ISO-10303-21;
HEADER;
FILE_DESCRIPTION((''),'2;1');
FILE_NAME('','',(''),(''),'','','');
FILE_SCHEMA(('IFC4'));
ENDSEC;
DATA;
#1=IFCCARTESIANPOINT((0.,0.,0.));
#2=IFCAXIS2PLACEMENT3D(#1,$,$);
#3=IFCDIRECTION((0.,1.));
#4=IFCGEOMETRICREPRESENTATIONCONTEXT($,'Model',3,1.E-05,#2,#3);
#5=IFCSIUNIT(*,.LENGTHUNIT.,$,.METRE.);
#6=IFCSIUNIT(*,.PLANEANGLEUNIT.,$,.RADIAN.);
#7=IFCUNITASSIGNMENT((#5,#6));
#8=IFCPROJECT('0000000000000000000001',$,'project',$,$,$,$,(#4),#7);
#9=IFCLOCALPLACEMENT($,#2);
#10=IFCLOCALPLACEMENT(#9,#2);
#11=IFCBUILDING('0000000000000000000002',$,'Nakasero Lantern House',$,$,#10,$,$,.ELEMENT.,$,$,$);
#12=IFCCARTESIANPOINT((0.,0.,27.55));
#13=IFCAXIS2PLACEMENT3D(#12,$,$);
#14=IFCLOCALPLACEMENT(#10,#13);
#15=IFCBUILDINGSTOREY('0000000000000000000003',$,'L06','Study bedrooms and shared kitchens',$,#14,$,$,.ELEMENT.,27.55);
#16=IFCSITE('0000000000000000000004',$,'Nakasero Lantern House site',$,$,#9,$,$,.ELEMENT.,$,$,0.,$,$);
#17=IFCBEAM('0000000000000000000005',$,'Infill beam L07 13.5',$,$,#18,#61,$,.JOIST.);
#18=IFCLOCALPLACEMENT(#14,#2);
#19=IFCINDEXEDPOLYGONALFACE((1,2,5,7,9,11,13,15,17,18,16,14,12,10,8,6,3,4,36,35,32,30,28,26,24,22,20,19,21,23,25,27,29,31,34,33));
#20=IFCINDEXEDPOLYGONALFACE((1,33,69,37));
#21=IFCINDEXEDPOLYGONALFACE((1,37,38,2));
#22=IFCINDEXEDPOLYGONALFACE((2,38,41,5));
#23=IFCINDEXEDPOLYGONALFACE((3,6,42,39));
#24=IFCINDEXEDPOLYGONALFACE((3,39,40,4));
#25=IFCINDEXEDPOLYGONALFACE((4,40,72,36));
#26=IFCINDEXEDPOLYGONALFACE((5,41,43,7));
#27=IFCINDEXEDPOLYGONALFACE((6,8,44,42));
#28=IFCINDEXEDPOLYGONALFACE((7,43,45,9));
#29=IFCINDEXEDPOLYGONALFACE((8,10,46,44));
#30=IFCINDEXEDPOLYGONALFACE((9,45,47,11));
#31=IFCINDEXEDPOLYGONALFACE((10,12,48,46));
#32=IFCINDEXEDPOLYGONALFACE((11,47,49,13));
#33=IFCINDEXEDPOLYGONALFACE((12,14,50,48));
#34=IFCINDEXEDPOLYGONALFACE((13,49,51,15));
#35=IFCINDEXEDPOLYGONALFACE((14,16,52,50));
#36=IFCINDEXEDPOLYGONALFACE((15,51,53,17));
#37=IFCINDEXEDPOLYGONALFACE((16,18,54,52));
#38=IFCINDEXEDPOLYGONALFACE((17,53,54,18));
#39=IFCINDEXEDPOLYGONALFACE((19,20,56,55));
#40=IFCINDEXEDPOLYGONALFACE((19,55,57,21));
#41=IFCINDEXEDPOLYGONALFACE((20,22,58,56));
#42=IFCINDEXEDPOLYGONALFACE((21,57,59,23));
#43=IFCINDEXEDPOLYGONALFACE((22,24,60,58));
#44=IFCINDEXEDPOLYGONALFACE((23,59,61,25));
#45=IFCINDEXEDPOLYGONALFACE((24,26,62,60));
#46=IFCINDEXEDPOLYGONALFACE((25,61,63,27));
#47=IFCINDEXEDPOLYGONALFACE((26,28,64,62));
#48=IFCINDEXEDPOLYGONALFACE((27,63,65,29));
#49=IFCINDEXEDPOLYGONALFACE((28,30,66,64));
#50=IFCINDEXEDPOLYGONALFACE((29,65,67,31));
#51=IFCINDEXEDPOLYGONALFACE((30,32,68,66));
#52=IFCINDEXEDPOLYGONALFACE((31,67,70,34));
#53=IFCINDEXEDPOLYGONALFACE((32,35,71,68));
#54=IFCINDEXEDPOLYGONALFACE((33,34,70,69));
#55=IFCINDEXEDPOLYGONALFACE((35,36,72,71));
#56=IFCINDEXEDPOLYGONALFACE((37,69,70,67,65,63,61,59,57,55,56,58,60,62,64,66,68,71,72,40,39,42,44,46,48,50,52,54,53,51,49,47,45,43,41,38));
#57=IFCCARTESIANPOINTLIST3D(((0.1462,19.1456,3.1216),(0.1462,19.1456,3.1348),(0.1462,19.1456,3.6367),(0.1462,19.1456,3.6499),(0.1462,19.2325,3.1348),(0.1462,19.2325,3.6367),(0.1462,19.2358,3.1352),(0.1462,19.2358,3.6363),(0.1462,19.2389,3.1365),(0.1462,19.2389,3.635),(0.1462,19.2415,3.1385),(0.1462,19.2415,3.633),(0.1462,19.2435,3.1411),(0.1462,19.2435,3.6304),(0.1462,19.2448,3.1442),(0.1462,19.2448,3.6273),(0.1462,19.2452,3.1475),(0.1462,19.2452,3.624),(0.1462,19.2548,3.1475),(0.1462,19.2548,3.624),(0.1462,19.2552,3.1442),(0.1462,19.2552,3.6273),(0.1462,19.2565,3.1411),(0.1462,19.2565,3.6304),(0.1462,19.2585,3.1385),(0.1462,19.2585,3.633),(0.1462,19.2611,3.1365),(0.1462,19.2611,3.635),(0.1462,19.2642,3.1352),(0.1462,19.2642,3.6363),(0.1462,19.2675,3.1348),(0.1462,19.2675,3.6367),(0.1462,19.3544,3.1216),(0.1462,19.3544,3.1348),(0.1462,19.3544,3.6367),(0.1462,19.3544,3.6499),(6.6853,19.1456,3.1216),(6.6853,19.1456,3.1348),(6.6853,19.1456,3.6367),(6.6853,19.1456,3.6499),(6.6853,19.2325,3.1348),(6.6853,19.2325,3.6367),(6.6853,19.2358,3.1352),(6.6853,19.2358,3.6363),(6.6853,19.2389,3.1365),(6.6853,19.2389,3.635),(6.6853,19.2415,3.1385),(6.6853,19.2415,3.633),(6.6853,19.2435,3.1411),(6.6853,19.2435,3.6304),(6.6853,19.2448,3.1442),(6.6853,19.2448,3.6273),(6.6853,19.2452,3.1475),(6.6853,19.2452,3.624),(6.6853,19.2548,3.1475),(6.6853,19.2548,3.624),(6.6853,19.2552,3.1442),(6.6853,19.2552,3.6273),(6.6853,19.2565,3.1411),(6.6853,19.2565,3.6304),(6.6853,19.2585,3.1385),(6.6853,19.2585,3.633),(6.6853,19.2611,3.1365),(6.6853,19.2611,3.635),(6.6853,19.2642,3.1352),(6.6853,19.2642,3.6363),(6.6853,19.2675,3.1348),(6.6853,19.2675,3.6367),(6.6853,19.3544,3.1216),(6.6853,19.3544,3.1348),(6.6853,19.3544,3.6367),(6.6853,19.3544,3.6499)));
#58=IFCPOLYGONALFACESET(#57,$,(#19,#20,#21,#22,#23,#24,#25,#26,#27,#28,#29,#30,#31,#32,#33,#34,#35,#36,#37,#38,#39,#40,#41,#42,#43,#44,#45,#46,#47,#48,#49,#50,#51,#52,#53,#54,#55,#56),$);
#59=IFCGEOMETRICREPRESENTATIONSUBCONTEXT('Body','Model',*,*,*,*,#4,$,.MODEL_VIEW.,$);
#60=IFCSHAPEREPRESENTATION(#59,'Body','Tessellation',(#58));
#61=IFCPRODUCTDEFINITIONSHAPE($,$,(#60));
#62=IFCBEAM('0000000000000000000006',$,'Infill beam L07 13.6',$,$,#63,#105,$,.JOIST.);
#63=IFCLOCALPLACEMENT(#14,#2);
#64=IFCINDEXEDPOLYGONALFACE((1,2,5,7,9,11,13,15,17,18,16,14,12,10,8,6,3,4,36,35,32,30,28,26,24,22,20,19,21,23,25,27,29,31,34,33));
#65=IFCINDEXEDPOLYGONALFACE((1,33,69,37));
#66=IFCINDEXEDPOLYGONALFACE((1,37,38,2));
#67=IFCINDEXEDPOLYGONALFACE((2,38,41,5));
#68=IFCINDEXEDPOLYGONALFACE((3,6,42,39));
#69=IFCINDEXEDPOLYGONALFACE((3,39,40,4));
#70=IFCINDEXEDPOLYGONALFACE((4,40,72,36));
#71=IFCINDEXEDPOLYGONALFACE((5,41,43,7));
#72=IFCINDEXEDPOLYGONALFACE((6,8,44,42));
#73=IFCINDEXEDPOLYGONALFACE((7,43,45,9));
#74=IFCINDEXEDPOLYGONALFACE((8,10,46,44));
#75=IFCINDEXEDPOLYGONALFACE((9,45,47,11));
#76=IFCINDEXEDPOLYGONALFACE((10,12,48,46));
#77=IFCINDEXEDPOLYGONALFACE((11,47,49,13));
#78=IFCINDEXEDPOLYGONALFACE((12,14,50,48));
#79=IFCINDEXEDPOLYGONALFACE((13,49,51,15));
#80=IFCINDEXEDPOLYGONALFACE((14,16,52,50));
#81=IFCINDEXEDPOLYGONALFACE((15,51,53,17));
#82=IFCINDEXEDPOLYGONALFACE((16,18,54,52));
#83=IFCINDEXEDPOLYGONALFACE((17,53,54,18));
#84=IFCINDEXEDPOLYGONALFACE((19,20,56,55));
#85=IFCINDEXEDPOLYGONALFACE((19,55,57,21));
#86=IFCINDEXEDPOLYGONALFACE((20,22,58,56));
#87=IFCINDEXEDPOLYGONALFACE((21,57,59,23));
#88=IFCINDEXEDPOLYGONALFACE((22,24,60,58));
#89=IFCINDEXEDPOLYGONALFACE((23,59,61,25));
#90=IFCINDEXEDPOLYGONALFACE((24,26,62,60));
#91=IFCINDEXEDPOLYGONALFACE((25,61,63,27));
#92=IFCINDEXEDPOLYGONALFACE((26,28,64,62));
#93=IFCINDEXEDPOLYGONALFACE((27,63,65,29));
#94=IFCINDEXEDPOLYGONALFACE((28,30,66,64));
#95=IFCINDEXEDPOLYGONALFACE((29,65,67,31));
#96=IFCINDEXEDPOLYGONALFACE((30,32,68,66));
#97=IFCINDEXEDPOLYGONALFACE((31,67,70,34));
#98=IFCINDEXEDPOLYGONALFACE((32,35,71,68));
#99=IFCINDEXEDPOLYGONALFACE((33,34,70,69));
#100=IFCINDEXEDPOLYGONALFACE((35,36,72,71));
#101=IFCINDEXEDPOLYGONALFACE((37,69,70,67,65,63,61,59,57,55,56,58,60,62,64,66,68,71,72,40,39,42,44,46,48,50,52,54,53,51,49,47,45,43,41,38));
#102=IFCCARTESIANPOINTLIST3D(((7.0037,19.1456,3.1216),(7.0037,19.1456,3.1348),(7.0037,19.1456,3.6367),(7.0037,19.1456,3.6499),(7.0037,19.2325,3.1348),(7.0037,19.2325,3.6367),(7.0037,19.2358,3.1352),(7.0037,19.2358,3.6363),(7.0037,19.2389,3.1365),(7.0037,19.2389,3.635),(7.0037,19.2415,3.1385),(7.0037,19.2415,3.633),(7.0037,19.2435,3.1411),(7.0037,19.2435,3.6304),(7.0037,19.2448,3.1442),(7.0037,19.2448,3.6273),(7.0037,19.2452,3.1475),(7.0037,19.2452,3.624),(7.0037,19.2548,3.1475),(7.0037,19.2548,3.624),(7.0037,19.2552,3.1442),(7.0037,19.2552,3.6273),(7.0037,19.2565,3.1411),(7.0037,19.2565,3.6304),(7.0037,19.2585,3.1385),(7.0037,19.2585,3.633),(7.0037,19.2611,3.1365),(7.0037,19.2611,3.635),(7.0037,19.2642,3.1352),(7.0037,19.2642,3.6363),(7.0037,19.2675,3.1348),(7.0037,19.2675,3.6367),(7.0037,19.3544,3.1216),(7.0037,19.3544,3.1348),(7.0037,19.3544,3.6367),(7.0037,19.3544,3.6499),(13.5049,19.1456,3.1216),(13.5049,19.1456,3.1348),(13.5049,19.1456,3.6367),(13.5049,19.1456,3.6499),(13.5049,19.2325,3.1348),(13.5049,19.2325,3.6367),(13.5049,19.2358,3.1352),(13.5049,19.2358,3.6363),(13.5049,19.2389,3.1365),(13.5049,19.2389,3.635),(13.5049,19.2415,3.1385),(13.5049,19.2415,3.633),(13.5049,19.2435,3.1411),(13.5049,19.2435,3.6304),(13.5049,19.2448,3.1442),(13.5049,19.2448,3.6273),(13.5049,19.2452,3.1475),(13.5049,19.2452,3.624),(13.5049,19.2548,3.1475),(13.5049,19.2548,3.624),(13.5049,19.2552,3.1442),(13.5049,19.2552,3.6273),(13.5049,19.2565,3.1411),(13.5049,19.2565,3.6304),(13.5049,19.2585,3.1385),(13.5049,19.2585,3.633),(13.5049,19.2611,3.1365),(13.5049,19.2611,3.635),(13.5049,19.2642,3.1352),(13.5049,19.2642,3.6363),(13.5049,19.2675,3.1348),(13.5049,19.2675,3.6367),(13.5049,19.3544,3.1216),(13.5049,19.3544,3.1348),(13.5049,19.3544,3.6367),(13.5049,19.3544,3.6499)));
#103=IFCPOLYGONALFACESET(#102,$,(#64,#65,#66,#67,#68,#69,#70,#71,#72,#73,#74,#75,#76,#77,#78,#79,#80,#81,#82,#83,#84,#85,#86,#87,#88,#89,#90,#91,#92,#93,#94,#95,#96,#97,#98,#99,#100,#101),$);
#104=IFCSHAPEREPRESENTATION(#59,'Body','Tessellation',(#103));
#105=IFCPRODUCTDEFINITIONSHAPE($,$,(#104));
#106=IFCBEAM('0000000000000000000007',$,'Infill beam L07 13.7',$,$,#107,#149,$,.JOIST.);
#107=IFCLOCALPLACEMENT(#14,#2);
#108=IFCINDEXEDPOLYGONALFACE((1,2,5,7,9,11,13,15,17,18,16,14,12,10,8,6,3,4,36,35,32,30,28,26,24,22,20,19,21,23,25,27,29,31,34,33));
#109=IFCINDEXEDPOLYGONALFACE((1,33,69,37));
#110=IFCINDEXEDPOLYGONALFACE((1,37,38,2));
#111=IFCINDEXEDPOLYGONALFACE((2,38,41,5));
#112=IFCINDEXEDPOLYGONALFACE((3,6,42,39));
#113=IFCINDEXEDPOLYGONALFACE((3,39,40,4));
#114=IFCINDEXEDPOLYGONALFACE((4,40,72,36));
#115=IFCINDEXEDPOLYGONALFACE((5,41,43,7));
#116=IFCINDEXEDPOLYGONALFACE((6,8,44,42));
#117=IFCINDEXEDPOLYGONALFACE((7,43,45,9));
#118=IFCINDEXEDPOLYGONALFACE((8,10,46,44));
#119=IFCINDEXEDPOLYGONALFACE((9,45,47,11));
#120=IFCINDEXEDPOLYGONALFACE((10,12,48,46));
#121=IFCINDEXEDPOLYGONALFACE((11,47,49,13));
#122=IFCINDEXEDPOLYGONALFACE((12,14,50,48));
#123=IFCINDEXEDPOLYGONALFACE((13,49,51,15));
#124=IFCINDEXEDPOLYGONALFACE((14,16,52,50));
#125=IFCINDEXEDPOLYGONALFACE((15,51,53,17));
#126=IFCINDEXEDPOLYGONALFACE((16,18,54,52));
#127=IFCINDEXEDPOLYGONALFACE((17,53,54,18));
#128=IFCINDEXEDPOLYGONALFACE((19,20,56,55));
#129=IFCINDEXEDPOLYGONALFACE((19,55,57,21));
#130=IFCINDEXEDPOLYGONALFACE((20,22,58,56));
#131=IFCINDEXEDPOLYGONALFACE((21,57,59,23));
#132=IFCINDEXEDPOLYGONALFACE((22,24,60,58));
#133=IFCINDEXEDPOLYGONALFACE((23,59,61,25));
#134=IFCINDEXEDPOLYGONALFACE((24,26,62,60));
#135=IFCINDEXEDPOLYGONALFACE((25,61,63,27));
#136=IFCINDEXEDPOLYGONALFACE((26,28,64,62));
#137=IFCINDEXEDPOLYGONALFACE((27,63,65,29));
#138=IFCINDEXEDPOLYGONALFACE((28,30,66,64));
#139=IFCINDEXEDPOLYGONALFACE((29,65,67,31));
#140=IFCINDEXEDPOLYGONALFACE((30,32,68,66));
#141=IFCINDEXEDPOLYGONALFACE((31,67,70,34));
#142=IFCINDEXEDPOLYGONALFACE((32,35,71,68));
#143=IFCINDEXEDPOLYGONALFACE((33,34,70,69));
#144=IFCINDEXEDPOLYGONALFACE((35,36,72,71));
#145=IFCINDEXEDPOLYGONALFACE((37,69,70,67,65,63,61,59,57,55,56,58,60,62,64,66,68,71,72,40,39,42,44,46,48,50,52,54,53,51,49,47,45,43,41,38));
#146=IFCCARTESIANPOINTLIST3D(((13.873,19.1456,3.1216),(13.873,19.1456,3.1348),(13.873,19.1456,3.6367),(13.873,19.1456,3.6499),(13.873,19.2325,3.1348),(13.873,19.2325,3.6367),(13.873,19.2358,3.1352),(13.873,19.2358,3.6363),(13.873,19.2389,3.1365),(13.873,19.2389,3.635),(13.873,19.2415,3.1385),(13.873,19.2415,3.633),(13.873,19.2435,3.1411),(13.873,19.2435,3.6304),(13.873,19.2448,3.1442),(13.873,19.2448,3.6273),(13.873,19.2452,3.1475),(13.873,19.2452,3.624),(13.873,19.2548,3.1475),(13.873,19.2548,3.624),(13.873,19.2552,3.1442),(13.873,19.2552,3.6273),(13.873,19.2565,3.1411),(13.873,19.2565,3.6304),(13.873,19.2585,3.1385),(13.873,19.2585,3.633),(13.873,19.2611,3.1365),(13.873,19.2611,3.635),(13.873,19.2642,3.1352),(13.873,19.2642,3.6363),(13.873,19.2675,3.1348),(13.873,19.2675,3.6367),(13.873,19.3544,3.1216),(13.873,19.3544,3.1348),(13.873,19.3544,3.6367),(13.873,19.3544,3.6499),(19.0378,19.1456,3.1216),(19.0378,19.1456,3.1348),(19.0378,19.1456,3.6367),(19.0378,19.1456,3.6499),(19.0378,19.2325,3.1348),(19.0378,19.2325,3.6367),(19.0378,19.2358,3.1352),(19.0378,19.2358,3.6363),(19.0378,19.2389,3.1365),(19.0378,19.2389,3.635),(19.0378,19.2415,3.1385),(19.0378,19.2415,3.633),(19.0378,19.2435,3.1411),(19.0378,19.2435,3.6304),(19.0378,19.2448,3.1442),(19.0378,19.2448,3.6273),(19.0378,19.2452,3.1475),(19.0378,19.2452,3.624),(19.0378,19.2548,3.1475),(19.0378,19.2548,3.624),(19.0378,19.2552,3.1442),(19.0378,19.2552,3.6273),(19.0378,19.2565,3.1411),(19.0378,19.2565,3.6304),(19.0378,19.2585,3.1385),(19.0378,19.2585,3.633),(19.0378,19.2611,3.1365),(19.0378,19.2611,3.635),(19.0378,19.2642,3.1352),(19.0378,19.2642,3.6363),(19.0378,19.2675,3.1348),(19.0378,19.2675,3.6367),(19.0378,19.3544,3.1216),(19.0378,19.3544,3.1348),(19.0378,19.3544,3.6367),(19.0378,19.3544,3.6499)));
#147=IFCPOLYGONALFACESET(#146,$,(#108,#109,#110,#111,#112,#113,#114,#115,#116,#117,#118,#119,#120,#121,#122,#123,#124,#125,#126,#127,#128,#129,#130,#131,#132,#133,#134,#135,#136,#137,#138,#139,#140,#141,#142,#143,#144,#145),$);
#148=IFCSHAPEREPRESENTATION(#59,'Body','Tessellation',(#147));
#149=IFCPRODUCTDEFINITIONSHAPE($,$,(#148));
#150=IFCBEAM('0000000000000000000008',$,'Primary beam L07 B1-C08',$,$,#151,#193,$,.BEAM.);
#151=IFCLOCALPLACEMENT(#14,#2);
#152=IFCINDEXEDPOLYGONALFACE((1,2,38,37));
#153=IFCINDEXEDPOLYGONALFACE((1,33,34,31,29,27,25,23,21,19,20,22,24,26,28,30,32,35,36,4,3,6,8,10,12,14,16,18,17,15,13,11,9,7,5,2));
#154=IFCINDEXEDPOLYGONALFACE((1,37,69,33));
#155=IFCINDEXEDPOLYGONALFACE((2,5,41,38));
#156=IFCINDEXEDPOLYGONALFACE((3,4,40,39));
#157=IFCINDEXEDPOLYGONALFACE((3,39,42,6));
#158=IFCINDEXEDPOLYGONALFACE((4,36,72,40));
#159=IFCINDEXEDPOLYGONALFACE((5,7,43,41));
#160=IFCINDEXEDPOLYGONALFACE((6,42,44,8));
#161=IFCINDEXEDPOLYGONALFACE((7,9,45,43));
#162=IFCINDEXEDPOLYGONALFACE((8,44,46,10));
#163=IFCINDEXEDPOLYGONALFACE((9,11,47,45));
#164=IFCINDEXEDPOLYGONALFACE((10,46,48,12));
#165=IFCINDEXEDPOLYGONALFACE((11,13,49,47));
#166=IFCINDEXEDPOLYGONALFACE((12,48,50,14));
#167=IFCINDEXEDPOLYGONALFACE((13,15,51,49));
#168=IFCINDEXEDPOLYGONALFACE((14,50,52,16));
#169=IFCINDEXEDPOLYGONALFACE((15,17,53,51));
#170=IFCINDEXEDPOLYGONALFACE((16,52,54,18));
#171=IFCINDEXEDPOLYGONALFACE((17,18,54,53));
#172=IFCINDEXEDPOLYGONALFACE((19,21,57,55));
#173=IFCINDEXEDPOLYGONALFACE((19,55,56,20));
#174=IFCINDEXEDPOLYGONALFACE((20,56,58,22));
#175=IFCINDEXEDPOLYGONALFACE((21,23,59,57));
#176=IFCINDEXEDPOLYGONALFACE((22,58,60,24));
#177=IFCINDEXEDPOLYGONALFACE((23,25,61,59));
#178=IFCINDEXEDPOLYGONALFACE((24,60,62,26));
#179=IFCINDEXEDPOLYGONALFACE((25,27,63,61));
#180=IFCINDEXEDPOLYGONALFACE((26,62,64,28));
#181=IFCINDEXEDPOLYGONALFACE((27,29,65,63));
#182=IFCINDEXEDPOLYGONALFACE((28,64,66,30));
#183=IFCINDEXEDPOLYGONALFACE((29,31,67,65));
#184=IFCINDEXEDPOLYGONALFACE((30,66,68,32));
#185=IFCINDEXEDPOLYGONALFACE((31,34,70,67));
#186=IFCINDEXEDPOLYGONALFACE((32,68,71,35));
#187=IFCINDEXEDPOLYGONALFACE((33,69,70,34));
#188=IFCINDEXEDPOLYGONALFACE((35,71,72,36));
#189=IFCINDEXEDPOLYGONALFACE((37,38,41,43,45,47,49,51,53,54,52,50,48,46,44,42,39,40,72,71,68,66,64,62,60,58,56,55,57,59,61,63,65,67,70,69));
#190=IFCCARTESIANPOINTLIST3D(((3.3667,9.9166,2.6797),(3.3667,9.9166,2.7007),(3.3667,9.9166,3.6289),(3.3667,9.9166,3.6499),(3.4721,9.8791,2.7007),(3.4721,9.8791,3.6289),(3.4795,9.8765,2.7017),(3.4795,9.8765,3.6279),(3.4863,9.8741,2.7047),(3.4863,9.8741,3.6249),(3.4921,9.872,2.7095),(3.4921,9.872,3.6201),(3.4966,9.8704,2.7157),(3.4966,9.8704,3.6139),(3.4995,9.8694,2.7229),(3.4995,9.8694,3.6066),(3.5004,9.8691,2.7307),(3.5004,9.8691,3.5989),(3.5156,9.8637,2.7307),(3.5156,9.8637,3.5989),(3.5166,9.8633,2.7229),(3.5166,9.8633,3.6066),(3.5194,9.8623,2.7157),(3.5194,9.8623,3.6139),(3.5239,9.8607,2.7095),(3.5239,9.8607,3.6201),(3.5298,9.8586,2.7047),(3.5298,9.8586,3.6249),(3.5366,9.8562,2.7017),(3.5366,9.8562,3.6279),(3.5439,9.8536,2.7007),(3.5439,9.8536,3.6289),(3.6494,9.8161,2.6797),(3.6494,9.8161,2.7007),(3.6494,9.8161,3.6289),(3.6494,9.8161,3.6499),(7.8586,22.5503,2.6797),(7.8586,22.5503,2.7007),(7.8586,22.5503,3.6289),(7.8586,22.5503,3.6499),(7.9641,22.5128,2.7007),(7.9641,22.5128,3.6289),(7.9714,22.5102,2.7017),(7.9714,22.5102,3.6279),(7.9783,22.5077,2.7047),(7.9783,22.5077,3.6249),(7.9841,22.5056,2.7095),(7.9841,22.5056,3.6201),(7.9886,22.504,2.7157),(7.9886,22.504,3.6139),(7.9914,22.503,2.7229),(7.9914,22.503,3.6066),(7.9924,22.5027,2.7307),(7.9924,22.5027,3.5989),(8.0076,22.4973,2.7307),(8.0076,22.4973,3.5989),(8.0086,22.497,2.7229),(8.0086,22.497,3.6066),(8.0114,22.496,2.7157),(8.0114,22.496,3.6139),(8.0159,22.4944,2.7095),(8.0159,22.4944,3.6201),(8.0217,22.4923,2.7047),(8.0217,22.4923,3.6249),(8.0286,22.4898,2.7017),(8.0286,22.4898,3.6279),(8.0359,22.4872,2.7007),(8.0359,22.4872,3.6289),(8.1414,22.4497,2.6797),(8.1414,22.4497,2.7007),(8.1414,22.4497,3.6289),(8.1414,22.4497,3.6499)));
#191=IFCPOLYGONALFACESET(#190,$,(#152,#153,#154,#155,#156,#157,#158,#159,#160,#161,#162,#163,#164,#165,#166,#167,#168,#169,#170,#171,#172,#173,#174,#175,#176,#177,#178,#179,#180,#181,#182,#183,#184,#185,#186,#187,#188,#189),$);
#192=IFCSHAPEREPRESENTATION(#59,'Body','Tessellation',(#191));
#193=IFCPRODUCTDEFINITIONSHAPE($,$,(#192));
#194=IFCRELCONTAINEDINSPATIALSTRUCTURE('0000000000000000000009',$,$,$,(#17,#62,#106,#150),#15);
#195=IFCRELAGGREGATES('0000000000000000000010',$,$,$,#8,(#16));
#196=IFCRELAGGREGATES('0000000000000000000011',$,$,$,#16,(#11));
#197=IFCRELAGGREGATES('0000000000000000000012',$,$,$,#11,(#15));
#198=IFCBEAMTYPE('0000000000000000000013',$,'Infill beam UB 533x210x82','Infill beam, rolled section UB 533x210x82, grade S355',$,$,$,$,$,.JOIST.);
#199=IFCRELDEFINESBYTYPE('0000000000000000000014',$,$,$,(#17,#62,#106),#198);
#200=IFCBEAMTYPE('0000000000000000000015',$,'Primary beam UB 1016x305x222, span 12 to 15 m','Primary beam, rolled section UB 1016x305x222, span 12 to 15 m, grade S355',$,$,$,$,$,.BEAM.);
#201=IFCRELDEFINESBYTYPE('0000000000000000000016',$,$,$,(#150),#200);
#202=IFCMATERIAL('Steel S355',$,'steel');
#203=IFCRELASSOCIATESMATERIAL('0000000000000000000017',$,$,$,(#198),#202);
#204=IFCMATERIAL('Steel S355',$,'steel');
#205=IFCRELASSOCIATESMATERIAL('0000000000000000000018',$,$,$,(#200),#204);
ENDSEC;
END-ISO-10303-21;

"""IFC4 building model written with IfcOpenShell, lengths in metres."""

from ifc_helpers import new_model, si_unit, direction, frame, origin, origin_2d, place, context, subcontext, project, spatial, i_section, extrude, material, material_profile, profile_set, type_object, element, save


model = new_model("IFC4")

# Units and contexts
model_context = context("Model", 3, precision=1e-05, world=origin(), true_north=direction((0.0, 1.0)))
body_context = subcontext(model_context, "Body", "Model", "MODEL_VIEW")
ifc_project = project(units=[si_unit("LENGTHUNIT", "METRE"), si_unit("PLANEANGLEUNIT", "RADIAN")], contexts=[model_context])

# Site, building, storey
site_placement = place(None, origin())
site = spatial("IfcSite", under=ifc_project, at=site_placement, Name="Nakasero Lantern House site", CompositionType="ELEMENT", RefElevation=0.0)
building_placement = place(site_placement, origin())
building = spatial("IfcBuilding", under=site, at=building_placement, Name="Nakasero Lantern House", CompositionType="ELEMENT")
storey_placement = place(building_placement, frame((0.0, 0.0, 27.55)))
storey = spatial("IfcBuildingStorey", under=building, at=storey_placement, Name="L06", Description="Study bedrooms and shared kitchens", CompositionType="ELEMENT", Elevation=27.55)

# Beams
ifc_material_1 = material(Name="Steel S355", Category="steel")
ifc_material_profile_1 = material_profile(ifc_material_1, i_section(OverallWidth=0.2087, OverallDepth=0.5283, WebThickness=0.0095, FlangeThickness=0.0132, FilletRadius=0.0127, at=origin_2d()), Name="UB 533x210x82")
ifc_profile_set_1 = profile_set([ifc_material_profile_1], Name="Steel S355")
beam_type_1 = type_object("IfcBeamType", Name="Infill beam UB 533x210x82", Description="Infill beam, rolled section UB 533x210x82, grade S355", PredefinedType="JOIST", material=ifc_profile_set_1)
beam_1_placement = place(storey_placement, frame((0.1462, 19.25, 3.3857), z_axis=(1.0, 0.0, 0.0), x_axis=(0.0, 1.0, 0.0)))
element("IfcBeam", 1, at=beam_1_placement, inside=storey, type_object=beam_type_1, Name="Infill beam L07 13.5", PredefinedType="JOIST", context=body_context, shape_type="SweptSolid", body=[
    extrude(i_section(OverallWidth=0.2087, OverallDepth=0.5283, WebThickness=0.0095, FlangeThickness=0.0132, FilletRadius=0.0127, at=origin_2d()), origin(), (0.0, 0.0, 1.0), 6.5391),
])
beam_2_placement = place(storey_placement, frame((7.0037, 19.25, 3.3857), z_axis=(1.0, 0.0, 0.0), x_axis=(0.0, 1.0, 0.0)))
element("IfcBeam", 2, at=beam_2_placement, inside=storey, type_object=beam_type_1, Name="Infill beam L07 13.6", PredefinedType="JOIST", context=body_context, shape_type="SweptSolid", body=[
    extrude(i_section(OverallWidth=0.2087, OverallDepth=0.5283, WebThickness=0.0095, FlangeThickness=0.0132, FilletRadius=0.0127, at=origin_2d()), origin(), (0.0, 0.0, 1.0), 6.5012),
])
beam_3_placement = place(storey_placement, frame((13.873, 19.25, 3.3857), z_axis=(1.0, 0.0, 0.0), x_axis=(0.0, 1.0, 0.0)))
element("IfcBeam", 3, at=beam_3_placement, inside=storey, type_object=beam_type_1, Name="Infill beam L07 13.7", PredefinedType="JOIST", context=body_context, shape_type="SweptSolid", body=[
    extrude(i_section(OverallWidth=0.2087, OverallDepth=0.5283, WebThickness=0.0095, FlangeThickness=0.0132, FilletRadius=0.0127, at=origin_2d()), origin(), (0.0, 0.0, 1.0), 5.1648),
])
ifc_material_2 = material(Name="Steel S355", Category="steel")
ifc_material_profile_2 = material_profile(ifc_material_2, i_section(OverallWidth=0.3, OverallDepth=0.9702, WebThickness=0.0161, FlangeThickness=0.021, FilletRadius=0.03, at=origin_2d()), Name="UB 1016x305x222")
ifc_profile_set_2 = profile_set([ifc_material_profile_2], Name="Steel S355")
beam_type_2 = type_object("IfcBeamType", Name="Primary beam UB 1016x305x222, span 12 to 15 m", Description="Primary beam, rolled section UB 1016x305x222, span 12 to 15 m, grade S355", PredefinedType="BEAM", material=ifc_profile_set_2)
beam_4_placement = place(storey_placement, frame((8.0, 22.5, 3.1648), z_axis=(-0.335011, -0.942214, 0.0), x_axis=(0.942214, -0.335011, 0.0)))
element("IfcBeam", 4, at=beam_4_placement, inside=storey, type_object=beam_type_2, Name="Primary beam L07 B1-C08", PredefinedType="BEAM", context=body_context, shape_type="SweptSolid", body=[
    extrude(i_section(OverallWidth=0.3, OverallDepth=0.9702, WebThickness=0.0161, FlangeThickness=0.021, FilletRadius=0.03, at=origin_2d()), origin(), (0.0, 0.0, 1.0), 13.4084),
])

save(model, "model.ifc")
